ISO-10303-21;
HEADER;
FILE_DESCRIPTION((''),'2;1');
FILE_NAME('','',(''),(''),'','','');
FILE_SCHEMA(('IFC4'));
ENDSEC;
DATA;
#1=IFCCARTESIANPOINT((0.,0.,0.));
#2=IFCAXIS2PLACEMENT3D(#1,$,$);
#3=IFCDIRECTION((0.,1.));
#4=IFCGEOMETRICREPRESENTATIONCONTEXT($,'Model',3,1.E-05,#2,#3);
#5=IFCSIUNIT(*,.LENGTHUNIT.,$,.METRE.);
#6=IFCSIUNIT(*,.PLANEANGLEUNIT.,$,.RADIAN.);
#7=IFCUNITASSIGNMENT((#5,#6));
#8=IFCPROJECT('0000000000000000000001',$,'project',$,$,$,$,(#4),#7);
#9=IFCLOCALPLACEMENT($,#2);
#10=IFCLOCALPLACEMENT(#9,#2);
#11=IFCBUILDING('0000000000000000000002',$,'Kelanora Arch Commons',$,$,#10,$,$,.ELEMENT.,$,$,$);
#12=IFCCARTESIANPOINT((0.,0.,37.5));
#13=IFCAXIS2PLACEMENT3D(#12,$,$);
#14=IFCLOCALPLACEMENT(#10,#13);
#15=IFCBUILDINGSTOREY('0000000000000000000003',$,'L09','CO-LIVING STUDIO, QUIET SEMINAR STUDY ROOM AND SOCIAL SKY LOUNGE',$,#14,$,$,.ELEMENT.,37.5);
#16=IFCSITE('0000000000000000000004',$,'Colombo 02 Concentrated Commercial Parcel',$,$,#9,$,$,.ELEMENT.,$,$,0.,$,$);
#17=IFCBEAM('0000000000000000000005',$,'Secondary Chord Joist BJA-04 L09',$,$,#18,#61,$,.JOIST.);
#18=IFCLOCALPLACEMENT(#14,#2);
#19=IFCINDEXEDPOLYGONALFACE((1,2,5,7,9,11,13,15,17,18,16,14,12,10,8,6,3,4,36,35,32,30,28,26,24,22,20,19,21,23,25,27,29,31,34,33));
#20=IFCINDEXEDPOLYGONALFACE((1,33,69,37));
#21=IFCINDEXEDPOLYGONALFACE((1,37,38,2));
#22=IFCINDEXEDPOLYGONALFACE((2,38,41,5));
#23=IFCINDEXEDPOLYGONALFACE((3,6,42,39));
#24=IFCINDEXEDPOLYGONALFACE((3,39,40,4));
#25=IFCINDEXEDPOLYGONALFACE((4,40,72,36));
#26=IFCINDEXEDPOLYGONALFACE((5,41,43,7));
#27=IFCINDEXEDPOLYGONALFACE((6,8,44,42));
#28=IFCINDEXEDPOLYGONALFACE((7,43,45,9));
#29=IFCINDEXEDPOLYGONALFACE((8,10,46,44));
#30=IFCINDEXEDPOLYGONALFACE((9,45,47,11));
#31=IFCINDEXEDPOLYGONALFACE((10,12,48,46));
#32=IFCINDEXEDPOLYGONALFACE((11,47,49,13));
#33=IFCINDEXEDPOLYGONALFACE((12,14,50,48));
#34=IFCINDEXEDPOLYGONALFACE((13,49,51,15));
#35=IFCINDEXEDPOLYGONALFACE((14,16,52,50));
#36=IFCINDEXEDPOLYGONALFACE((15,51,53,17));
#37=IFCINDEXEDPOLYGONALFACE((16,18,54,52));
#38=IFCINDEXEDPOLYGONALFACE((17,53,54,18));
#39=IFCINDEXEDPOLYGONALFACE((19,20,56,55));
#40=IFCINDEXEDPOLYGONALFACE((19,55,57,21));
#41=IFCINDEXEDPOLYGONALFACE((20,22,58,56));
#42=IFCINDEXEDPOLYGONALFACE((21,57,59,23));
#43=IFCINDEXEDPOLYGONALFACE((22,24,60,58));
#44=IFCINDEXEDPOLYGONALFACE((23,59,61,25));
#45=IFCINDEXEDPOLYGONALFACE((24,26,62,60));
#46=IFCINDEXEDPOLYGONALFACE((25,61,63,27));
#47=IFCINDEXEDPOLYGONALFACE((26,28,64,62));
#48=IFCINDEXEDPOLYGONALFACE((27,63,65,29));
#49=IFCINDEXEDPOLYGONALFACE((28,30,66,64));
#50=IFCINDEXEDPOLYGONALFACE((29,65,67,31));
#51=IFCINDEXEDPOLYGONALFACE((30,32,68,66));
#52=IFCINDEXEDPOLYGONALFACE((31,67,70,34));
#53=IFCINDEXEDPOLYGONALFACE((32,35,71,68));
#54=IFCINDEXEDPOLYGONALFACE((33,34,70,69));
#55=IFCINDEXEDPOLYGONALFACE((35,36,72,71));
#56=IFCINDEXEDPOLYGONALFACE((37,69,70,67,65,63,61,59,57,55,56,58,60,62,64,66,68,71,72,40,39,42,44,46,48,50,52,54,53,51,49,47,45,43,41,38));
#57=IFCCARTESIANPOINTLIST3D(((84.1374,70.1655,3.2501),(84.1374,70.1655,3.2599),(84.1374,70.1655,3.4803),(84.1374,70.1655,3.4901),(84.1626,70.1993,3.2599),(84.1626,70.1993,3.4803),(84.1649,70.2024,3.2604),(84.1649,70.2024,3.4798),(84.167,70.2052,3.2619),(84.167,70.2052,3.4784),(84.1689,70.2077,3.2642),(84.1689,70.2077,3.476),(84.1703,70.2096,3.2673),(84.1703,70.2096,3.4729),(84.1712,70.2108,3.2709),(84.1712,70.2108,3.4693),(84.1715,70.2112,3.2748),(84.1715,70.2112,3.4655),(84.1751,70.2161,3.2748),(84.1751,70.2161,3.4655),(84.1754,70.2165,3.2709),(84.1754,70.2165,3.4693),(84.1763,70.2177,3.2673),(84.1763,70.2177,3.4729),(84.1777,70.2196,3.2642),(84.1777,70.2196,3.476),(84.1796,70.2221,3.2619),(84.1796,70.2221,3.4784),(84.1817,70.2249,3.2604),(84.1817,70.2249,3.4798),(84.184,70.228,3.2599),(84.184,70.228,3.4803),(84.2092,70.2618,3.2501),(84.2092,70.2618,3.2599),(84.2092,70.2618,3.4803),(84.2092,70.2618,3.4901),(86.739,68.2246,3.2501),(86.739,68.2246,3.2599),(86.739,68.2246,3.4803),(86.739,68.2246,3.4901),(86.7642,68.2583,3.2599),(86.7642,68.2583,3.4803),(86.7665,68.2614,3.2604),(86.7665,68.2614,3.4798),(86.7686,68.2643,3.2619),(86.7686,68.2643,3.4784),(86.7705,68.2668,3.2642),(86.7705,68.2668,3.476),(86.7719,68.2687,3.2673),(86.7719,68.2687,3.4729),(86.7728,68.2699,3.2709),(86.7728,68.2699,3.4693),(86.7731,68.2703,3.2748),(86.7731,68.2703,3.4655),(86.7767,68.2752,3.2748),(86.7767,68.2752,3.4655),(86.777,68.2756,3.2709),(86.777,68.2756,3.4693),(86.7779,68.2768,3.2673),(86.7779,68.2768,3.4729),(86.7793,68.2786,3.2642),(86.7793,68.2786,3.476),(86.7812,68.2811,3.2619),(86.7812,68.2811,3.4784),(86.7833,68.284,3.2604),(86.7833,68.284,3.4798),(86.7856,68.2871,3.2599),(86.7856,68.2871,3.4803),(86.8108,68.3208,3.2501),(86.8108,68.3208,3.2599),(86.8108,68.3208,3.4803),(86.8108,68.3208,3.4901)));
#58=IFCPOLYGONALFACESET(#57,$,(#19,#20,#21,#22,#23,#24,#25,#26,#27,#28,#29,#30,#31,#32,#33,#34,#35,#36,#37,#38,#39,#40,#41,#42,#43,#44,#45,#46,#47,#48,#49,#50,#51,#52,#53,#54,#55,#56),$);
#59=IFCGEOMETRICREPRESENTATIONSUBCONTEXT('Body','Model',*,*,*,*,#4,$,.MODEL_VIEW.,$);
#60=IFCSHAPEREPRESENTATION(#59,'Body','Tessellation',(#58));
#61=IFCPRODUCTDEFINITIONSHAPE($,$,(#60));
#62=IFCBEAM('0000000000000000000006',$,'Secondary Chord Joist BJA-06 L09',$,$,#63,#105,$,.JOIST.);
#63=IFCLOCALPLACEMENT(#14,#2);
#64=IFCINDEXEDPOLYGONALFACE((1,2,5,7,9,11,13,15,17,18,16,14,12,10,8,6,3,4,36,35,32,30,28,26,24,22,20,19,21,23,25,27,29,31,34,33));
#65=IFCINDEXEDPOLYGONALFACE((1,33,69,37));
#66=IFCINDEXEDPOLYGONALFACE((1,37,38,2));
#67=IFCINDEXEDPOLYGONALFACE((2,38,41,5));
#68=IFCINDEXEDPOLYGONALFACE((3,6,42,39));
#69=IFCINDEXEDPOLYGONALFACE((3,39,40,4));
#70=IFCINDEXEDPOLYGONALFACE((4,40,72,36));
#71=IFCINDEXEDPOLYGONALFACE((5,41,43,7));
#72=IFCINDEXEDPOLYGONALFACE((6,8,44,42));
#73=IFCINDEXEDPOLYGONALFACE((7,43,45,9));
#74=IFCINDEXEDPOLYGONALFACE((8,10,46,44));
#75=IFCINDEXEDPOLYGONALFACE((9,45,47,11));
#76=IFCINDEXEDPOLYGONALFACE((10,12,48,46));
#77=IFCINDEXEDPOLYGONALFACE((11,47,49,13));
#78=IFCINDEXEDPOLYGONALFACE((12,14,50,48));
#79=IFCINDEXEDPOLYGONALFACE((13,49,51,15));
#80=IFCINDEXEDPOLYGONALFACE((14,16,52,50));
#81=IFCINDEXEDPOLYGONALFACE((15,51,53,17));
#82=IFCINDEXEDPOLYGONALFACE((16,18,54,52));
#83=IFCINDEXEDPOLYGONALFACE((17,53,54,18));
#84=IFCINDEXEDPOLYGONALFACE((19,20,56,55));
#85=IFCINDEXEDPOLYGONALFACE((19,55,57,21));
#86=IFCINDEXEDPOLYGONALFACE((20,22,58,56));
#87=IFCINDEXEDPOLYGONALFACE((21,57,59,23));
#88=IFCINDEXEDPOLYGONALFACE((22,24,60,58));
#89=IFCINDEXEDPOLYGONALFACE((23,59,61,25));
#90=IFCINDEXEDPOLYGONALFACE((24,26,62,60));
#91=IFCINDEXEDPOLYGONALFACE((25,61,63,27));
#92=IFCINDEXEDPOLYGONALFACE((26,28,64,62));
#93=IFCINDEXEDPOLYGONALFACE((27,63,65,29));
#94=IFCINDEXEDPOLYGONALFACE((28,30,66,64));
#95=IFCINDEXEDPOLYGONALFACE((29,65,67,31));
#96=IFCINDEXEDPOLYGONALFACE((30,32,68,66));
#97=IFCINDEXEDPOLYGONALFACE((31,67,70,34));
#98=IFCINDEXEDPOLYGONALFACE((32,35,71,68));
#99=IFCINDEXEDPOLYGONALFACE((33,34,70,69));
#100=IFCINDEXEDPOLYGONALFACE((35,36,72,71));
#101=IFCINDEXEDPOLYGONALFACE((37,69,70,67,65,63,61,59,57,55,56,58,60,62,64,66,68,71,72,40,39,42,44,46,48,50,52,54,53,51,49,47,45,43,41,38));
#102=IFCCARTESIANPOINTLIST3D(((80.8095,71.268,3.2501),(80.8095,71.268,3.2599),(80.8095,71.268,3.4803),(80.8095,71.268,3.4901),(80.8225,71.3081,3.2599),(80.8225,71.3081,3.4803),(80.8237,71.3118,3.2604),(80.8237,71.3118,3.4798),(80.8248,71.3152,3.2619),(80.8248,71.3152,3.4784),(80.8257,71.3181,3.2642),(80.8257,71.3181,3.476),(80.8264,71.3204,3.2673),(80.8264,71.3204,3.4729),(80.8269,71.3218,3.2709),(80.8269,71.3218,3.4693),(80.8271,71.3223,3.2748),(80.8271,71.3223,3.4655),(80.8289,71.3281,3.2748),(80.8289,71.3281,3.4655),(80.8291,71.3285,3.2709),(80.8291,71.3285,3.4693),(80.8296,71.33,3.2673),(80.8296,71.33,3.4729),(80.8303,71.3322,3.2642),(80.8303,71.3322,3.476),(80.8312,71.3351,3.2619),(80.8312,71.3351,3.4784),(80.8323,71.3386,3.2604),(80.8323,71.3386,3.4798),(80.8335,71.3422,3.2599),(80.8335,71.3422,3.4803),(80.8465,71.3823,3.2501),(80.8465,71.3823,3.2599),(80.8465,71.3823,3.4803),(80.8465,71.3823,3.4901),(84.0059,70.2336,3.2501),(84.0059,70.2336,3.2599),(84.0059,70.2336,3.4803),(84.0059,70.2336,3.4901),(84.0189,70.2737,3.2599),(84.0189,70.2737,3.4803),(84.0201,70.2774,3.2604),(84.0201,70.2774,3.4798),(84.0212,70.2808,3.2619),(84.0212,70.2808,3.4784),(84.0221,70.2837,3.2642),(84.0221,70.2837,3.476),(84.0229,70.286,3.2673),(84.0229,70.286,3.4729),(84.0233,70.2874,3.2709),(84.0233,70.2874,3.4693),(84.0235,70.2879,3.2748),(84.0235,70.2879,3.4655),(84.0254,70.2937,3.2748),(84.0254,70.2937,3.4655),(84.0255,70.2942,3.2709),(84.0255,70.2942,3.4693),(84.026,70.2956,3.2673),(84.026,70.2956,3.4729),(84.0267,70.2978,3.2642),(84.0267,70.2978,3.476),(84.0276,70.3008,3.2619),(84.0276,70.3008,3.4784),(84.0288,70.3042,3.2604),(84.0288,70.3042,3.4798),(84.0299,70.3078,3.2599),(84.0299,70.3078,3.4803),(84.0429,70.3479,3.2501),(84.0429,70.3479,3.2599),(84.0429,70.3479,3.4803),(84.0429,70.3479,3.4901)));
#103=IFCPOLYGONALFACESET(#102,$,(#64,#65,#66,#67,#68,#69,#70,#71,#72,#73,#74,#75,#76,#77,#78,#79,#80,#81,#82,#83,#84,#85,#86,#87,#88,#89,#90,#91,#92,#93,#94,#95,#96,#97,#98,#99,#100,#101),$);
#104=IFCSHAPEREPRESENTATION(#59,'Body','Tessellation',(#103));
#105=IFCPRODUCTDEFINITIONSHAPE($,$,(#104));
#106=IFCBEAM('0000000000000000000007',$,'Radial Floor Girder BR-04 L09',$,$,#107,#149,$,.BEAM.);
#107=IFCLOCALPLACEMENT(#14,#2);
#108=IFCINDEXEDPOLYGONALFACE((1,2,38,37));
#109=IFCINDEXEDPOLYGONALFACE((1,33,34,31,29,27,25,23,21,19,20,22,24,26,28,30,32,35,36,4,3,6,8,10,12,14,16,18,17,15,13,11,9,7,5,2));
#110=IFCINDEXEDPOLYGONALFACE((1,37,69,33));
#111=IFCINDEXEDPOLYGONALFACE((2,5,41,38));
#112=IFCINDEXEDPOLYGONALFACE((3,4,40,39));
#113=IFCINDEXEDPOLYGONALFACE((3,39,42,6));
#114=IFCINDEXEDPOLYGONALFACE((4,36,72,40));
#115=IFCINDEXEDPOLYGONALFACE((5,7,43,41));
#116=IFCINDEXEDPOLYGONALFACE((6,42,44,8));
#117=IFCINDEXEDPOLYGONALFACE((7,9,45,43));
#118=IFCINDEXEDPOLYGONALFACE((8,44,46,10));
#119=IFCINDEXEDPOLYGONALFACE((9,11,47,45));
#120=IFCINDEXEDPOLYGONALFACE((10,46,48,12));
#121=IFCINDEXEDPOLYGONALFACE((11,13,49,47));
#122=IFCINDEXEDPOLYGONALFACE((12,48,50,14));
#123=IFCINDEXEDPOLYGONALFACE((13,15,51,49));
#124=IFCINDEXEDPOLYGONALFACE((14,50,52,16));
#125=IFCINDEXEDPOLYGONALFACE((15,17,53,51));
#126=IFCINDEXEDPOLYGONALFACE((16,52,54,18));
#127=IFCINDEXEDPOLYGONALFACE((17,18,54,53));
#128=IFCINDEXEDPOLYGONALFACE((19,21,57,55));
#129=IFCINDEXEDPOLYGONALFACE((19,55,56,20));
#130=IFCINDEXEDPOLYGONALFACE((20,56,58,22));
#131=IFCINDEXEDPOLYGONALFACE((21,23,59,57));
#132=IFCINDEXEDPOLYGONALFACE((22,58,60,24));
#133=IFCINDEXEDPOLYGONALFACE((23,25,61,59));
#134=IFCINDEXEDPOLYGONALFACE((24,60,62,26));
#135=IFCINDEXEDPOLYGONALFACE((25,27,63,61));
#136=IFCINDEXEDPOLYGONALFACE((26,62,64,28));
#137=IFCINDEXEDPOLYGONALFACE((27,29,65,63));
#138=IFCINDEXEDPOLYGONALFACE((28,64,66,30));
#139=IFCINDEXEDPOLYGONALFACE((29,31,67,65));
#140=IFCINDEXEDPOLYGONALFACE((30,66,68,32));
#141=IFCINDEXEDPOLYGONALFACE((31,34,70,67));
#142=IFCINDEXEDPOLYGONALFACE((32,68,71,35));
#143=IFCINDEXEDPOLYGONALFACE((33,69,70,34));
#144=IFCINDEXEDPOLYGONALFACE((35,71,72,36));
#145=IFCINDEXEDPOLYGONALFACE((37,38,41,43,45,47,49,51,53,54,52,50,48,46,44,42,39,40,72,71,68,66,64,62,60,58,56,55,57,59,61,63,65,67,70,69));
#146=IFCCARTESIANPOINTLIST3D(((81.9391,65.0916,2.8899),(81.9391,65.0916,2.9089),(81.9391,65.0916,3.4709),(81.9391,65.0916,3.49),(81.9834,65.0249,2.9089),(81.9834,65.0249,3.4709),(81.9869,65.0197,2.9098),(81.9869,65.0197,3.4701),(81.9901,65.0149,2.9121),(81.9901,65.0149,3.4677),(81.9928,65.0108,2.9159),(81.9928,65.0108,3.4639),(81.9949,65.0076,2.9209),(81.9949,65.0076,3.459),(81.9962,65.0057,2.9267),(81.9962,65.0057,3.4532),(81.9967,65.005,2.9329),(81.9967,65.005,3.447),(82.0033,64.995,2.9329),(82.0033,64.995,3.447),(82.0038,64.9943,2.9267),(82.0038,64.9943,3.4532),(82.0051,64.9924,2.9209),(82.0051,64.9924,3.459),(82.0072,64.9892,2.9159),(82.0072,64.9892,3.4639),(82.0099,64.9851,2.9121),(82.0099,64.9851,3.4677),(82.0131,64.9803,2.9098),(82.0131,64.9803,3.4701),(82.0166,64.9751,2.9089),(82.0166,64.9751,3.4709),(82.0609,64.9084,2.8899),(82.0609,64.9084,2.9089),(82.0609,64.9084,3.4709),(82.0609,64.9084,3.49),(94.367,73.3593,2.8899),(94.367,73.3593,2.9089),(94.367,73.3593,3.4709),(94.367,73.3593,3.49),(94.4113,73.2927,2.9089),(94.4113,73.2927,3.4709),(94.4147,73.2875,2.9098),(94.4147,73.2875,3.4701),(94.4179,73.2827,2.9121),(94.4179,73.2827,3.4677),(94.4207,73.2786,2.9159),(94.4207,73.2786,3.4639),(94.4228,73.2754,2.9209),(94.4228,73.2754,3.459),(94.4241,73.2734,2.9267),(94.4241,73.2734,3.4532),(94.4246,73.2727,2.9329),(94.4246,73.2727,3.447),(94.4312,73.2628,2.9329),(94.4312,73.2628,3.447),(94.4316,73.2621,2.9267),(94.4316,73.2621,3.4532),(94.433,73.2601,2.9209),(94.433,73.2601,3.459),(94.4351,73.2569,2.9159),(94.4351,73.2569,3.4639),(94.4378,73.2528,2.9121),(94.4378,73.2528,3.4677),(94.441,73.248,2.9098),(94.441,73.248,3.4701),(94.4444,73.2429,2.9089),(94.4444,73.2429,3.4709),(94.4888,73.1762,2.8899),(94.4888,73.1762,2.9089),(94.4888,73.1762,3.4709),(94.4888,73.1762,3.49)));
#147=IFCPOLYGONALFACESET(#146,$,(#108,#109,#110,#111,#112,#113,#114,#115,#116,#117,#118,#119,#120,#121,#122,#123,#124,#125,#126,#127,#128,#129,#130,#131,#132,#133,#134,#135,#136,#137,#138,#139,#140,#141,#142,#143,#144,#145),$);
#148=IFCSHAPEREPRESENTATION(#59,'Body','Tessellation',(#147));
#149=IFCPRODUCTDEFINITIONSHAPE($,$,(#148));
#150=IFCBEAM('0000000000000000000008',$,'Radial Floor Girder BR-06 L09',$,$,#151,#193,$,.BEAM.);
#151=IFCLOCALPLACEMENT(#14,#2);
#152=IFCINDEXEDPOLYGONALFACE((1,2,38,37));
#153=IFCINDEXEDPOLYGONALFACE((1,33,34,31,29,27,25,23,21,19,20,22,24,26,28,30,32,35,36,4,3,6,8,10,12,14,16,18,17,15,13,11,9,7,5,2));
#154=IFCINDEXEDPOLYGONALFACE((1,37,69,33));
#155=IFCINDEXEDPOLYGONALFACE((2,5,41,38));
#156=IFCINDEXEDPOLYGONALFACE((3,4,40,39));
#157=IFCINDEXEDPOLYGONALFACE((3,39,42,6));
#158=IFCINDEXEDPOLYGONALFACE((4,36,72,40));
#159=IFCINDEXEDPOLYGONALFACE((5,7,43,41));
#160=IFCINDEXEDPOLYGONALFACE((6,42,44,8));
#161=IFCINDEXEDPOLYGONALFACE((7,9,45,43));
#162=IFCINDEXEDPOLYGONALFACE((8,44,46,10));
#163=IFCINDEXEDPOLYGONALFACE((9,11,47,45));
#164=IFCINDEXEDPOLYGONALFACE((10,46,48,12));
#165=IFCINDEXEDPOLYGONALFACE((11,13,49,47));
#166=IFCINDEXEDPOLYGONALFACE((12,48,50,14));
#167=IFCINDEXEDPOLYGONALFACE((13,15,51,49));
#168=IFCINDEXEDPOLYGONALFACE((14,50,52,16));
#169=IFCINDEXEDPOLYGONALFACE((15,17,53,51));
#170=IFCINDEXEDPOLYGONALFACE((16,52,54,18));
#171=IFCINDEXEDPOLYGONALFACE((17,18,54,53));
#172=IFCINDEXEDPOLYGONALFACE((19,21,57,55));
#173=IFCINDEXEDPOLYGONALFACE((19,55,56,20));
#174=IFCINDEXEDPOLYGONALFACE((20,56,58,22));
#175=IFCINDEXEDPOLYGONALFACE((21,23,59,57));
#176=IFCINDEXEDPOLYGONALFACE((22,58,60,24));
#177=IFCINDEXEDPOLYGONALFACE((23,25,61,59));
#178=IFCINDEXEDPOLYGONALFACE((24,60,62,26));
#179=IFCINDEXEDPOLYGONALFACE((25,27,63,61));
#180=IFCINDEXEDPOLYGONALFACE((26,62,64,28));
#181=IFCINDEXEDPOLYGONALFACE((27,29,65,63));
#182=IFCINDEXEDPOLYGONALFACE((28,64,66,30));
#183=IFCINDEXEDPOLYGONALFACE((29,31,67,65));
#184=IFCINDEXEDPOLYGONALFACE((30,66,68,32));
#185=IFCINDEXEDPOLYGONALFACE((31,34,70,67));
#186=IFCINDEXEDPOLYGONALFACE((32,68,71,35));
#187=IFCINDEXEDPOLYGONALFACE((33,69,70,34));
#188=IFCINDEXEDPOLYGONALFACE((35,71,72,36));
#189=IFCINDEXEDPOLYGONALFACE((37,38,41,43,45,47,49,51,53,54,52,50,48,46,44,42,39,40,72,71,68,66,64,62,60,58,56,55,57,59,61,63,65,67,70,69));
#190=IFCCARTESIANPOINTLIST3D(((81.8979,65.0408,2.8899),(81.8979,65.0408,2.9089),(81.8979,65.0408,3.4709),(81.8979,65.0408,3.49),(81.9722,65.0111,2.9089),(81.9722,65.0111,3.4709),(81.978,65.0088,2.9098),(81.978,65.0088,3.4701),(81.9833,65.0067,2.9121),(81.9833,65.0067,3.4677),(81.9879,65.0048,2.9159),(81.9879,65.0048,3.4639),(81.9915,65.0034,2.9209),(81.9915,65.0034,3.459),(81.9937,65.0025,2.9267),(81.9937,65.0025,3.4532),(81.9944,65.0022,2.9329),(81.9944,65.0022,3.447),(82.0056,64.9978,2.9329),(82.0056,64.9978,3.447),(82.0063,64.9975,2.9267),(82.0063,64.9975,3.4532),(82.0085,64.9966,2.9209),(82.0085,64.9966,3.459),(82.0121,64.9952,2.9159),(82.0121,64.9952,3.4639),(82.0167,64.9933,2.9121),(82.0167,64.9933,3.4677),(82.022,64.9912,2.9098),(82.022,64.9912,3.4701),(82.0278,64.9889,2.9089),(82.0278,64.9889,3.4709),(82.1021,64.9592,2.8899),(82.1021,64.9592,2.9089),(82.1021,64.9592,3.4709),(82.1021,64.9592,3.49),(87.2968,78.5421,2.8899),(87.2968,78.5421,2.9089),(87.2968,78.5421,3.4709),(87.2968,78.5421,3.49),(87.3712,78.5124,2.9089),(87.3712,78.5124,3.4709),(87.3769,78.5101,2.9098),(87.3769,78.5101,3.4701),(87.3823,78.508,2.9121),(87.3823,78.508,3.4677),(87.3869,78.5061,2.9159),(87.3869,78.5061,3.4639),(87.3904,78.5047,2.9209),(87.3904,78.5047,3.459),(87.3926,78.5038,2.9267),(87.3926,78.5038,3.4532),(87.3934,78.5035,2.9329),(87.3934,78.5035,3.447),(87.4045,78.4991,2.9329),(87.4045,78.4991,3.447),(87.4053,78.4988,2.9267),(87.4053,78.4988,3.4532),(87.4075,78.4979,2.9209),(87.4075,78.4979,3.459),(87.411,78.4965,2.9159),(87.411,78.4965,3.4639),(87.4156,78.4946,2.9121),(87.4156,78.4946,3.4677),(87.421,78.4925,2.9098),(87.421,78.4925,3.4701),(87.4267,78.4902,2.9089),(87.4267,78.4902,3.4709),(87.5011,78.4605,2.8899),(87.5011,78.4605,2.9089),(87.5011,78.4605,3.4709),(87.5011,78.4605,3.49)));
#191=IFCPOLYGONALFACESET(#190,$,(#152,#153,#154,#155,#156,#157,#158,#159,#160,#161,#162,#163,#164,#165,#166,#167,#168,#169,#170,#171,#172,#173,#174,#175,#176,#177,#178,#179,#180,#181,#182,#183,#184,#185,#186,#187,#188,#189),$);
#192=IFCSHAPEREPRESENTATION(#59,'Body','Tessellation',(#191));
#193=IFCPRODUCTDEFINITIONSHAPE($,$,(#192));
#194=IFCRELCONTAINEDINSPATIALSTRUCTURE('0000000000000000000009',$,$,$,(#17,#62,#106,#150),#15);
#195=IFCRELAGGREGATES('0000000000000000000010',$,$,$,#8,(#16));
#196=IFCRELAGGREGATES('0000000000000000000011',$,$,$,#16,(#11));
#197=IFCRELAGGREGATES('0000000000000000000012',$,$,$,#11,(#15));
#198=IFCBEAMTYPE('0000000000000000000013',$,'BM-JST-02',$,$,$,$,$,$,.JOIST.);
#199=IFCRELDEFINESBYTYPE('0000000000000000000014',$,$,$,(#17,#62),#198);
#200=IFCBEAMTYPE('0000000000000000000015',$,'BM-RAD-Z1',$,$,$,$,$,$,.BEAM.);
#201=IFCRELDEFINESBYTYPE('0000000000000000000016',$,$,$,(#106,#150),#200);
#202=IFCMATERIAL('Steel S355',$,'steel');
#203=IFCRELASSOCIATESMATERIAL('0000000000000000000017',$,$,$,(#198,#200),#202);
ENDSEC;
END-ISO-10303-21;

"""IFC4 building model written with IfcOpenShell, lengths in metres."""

from ifc_helpers import new_model, si_unit, direction, frame, origin, origin_2d, place, context, subcontext, project, spatial, i_section, extrude, material, material_profile, profile_set, type_object, element, save


model = new_model("IFC4")

# Units and contexts
model_context = context("Model", 3, precision=1e-05, world=origin(), true_north=direction((0.0, 1.0)))
body_context = subcontext(model_context, "Body", "Model", "MODEL_VIEW")
ifc_project = project(units=[si_unit("LENGTHUNIT", "METRE"), si_unit("PLANEANGLEUNIT", "RADIAN")], contexts=[model_context])

# Site, building, storey
site_placement = place(None, origin())
site = spatial("IfcSite", under=ifc_project, at=site_placement, Name="Colombo 02 Concentrated Commercial Parcel", CompositionType="ELEMENT", RefElevation=0.0)
building_placement = place(site_placement, origin())
building = spatial("IfcBuilding", under=site, at=building_placement, Name="Kelanora Arch Commons", CompositionType="ELEMENT")
storey_placement = place(building_placement, frame((0.0, 0.0, 37.5)))
storey = spatial("IfcBuildingStorey", under=building, at=storey_placement, Name="L09", Description="CO-LIVING STUDIO, QUIET SEMINAR STUDY ROOM AND SOCIAL SKY LOUNGE", CompositionType="ELEMENT", Elevation=37.5)

# Beams
ifc_material_1 = material(Name="Steel S355", Category="steel")
ifc_material_profile_1 = material_profile(ifc_material_1, i_section(OverallWidth=0.1201, OverallDepth=0.24, WebThickness=0.0061, FlangeThickness=0.0098, FilletRadius=0.0149, at=origin_2d()), Name="IPE240")
ifc_profile_set_1 = profile_set([ifc_material_profile_1], Name="Steel S355")
beam_type_1 = type_object("IfcBeamType", Name="BM-JST-02", PredefinedType="JOIST", material=ifc_profile_set_1)
beam_1_placement = place(storey_placement, frame((86.7749, 68.2727, 3.3701), z_axis=(-0.801514, 0.597976, 0.0), x_axis=(-0.597976, -0.801514, 0.0)))
element("IfcBeam", 1, at=beam_1_placement, inside=storey, type_object=beam_type_1, Name="Secondary Chord Joist BJA-04 L09", PredefinedType="JOIST", context=body_context, shape_type="SweptSolid", body=[
    extrude(i_section(OverallWidth=0.1201, OverallDepth=0.24, WebThickness=0.0061, FlangeThickness=0.0098, FilletRadius=0.0149, at=origin_2d()), origin(), (0.0, 0.0, 1.0), 3.2458),
])
beam_2_placement = place(storey_placement, frame((84.0244, 70.2908, 3.3701), z_axis=(-0.951423, 0.307888, 0.0), x_axis=(-0.307888, -0.951423, 0.0)))
element("IfcBeam", 2, at=beam_2_placement, inside=storey, type_object=beam_type_1, Name="Secondary Chord Joist BJA-06 L09", PredefinedType="JOIST", context=body_context, shape_type="SweptSolid", body=[
    extrude(i_section(OverallWidth=0.1201, OverallDepth=0.24, WebThickness=0.0061, FlangeThickness=0.0098, FilletRadius=0.0149, at=origin_2d()), origin(), (0.0, 0.0, 1.0), 3.3596),
])
ifc_material_profile_2 = material_profile(ifc_material_1, i_section(OverallWidth=0.22, OverallDepth=0.6001, WebThickness=0.012, FlangeThickness=0.019, FilletRadius=0.0239, at=origin_2d()), Name="IPE600")
ifc_profile_set_2 = profile_set([ifc_material_profile_2], Name="Steel S355")
beam_type_2 = type_object("IfcBeamType", Name="BM-RAD-Z1", PredefinedType="BEAM", material=ifc_profile_set_2)
beam_3_placement = place(storey_placement, frame((82.0, 65.0, 3.1899), z_axis=(0.832591, 0.553888, 0.0), x_axis=(-0.553888, 0.832591, 0.0)))
element("IfcBeam", 3, at=beam_3_placement, inside=storey, type_object=beam_type_2, Name="Radial Floor Girder BR-04 L09", PredefinedType="BEAM", context=body_context, shape_type="SweptSolid", body=[
    extrude(i_section(OverallWidth=0.22, OverallDepth=0.6001, WebThickness=0.012, FlangeThickness=0.019, FilletRadius=0.0239, at=origin_2d()), origin(), (0.0, 0.0, 1.0), 14.9268),
])
beam_4_placement = place(storey_placement, frame((82.0, 65.0, 3.1899), z_axis=(0.371298, 0.928514, 0.0), x_axis=(-0.928514, 0.371298, 0.0)))
element("IfcBeam", 4, at=beam_4_placement, inside=storey, type_object=beam_type_2, Name="Radial Floor Girder BR-06 L09", PredefinedType="BEAM", context=body_context, shape_type="SweptSolid", body=[
    extrude(i_section(OverallWidth=0.22, OverallDepth=0.6001, WebThickness=0.012, FlangeThickness=0.019, FilletRadius=0.0239, at=origin_2d()), origin(), (0.0, 0.0, 1.0), 14.5408),
])

save(model, "model.ifc")
